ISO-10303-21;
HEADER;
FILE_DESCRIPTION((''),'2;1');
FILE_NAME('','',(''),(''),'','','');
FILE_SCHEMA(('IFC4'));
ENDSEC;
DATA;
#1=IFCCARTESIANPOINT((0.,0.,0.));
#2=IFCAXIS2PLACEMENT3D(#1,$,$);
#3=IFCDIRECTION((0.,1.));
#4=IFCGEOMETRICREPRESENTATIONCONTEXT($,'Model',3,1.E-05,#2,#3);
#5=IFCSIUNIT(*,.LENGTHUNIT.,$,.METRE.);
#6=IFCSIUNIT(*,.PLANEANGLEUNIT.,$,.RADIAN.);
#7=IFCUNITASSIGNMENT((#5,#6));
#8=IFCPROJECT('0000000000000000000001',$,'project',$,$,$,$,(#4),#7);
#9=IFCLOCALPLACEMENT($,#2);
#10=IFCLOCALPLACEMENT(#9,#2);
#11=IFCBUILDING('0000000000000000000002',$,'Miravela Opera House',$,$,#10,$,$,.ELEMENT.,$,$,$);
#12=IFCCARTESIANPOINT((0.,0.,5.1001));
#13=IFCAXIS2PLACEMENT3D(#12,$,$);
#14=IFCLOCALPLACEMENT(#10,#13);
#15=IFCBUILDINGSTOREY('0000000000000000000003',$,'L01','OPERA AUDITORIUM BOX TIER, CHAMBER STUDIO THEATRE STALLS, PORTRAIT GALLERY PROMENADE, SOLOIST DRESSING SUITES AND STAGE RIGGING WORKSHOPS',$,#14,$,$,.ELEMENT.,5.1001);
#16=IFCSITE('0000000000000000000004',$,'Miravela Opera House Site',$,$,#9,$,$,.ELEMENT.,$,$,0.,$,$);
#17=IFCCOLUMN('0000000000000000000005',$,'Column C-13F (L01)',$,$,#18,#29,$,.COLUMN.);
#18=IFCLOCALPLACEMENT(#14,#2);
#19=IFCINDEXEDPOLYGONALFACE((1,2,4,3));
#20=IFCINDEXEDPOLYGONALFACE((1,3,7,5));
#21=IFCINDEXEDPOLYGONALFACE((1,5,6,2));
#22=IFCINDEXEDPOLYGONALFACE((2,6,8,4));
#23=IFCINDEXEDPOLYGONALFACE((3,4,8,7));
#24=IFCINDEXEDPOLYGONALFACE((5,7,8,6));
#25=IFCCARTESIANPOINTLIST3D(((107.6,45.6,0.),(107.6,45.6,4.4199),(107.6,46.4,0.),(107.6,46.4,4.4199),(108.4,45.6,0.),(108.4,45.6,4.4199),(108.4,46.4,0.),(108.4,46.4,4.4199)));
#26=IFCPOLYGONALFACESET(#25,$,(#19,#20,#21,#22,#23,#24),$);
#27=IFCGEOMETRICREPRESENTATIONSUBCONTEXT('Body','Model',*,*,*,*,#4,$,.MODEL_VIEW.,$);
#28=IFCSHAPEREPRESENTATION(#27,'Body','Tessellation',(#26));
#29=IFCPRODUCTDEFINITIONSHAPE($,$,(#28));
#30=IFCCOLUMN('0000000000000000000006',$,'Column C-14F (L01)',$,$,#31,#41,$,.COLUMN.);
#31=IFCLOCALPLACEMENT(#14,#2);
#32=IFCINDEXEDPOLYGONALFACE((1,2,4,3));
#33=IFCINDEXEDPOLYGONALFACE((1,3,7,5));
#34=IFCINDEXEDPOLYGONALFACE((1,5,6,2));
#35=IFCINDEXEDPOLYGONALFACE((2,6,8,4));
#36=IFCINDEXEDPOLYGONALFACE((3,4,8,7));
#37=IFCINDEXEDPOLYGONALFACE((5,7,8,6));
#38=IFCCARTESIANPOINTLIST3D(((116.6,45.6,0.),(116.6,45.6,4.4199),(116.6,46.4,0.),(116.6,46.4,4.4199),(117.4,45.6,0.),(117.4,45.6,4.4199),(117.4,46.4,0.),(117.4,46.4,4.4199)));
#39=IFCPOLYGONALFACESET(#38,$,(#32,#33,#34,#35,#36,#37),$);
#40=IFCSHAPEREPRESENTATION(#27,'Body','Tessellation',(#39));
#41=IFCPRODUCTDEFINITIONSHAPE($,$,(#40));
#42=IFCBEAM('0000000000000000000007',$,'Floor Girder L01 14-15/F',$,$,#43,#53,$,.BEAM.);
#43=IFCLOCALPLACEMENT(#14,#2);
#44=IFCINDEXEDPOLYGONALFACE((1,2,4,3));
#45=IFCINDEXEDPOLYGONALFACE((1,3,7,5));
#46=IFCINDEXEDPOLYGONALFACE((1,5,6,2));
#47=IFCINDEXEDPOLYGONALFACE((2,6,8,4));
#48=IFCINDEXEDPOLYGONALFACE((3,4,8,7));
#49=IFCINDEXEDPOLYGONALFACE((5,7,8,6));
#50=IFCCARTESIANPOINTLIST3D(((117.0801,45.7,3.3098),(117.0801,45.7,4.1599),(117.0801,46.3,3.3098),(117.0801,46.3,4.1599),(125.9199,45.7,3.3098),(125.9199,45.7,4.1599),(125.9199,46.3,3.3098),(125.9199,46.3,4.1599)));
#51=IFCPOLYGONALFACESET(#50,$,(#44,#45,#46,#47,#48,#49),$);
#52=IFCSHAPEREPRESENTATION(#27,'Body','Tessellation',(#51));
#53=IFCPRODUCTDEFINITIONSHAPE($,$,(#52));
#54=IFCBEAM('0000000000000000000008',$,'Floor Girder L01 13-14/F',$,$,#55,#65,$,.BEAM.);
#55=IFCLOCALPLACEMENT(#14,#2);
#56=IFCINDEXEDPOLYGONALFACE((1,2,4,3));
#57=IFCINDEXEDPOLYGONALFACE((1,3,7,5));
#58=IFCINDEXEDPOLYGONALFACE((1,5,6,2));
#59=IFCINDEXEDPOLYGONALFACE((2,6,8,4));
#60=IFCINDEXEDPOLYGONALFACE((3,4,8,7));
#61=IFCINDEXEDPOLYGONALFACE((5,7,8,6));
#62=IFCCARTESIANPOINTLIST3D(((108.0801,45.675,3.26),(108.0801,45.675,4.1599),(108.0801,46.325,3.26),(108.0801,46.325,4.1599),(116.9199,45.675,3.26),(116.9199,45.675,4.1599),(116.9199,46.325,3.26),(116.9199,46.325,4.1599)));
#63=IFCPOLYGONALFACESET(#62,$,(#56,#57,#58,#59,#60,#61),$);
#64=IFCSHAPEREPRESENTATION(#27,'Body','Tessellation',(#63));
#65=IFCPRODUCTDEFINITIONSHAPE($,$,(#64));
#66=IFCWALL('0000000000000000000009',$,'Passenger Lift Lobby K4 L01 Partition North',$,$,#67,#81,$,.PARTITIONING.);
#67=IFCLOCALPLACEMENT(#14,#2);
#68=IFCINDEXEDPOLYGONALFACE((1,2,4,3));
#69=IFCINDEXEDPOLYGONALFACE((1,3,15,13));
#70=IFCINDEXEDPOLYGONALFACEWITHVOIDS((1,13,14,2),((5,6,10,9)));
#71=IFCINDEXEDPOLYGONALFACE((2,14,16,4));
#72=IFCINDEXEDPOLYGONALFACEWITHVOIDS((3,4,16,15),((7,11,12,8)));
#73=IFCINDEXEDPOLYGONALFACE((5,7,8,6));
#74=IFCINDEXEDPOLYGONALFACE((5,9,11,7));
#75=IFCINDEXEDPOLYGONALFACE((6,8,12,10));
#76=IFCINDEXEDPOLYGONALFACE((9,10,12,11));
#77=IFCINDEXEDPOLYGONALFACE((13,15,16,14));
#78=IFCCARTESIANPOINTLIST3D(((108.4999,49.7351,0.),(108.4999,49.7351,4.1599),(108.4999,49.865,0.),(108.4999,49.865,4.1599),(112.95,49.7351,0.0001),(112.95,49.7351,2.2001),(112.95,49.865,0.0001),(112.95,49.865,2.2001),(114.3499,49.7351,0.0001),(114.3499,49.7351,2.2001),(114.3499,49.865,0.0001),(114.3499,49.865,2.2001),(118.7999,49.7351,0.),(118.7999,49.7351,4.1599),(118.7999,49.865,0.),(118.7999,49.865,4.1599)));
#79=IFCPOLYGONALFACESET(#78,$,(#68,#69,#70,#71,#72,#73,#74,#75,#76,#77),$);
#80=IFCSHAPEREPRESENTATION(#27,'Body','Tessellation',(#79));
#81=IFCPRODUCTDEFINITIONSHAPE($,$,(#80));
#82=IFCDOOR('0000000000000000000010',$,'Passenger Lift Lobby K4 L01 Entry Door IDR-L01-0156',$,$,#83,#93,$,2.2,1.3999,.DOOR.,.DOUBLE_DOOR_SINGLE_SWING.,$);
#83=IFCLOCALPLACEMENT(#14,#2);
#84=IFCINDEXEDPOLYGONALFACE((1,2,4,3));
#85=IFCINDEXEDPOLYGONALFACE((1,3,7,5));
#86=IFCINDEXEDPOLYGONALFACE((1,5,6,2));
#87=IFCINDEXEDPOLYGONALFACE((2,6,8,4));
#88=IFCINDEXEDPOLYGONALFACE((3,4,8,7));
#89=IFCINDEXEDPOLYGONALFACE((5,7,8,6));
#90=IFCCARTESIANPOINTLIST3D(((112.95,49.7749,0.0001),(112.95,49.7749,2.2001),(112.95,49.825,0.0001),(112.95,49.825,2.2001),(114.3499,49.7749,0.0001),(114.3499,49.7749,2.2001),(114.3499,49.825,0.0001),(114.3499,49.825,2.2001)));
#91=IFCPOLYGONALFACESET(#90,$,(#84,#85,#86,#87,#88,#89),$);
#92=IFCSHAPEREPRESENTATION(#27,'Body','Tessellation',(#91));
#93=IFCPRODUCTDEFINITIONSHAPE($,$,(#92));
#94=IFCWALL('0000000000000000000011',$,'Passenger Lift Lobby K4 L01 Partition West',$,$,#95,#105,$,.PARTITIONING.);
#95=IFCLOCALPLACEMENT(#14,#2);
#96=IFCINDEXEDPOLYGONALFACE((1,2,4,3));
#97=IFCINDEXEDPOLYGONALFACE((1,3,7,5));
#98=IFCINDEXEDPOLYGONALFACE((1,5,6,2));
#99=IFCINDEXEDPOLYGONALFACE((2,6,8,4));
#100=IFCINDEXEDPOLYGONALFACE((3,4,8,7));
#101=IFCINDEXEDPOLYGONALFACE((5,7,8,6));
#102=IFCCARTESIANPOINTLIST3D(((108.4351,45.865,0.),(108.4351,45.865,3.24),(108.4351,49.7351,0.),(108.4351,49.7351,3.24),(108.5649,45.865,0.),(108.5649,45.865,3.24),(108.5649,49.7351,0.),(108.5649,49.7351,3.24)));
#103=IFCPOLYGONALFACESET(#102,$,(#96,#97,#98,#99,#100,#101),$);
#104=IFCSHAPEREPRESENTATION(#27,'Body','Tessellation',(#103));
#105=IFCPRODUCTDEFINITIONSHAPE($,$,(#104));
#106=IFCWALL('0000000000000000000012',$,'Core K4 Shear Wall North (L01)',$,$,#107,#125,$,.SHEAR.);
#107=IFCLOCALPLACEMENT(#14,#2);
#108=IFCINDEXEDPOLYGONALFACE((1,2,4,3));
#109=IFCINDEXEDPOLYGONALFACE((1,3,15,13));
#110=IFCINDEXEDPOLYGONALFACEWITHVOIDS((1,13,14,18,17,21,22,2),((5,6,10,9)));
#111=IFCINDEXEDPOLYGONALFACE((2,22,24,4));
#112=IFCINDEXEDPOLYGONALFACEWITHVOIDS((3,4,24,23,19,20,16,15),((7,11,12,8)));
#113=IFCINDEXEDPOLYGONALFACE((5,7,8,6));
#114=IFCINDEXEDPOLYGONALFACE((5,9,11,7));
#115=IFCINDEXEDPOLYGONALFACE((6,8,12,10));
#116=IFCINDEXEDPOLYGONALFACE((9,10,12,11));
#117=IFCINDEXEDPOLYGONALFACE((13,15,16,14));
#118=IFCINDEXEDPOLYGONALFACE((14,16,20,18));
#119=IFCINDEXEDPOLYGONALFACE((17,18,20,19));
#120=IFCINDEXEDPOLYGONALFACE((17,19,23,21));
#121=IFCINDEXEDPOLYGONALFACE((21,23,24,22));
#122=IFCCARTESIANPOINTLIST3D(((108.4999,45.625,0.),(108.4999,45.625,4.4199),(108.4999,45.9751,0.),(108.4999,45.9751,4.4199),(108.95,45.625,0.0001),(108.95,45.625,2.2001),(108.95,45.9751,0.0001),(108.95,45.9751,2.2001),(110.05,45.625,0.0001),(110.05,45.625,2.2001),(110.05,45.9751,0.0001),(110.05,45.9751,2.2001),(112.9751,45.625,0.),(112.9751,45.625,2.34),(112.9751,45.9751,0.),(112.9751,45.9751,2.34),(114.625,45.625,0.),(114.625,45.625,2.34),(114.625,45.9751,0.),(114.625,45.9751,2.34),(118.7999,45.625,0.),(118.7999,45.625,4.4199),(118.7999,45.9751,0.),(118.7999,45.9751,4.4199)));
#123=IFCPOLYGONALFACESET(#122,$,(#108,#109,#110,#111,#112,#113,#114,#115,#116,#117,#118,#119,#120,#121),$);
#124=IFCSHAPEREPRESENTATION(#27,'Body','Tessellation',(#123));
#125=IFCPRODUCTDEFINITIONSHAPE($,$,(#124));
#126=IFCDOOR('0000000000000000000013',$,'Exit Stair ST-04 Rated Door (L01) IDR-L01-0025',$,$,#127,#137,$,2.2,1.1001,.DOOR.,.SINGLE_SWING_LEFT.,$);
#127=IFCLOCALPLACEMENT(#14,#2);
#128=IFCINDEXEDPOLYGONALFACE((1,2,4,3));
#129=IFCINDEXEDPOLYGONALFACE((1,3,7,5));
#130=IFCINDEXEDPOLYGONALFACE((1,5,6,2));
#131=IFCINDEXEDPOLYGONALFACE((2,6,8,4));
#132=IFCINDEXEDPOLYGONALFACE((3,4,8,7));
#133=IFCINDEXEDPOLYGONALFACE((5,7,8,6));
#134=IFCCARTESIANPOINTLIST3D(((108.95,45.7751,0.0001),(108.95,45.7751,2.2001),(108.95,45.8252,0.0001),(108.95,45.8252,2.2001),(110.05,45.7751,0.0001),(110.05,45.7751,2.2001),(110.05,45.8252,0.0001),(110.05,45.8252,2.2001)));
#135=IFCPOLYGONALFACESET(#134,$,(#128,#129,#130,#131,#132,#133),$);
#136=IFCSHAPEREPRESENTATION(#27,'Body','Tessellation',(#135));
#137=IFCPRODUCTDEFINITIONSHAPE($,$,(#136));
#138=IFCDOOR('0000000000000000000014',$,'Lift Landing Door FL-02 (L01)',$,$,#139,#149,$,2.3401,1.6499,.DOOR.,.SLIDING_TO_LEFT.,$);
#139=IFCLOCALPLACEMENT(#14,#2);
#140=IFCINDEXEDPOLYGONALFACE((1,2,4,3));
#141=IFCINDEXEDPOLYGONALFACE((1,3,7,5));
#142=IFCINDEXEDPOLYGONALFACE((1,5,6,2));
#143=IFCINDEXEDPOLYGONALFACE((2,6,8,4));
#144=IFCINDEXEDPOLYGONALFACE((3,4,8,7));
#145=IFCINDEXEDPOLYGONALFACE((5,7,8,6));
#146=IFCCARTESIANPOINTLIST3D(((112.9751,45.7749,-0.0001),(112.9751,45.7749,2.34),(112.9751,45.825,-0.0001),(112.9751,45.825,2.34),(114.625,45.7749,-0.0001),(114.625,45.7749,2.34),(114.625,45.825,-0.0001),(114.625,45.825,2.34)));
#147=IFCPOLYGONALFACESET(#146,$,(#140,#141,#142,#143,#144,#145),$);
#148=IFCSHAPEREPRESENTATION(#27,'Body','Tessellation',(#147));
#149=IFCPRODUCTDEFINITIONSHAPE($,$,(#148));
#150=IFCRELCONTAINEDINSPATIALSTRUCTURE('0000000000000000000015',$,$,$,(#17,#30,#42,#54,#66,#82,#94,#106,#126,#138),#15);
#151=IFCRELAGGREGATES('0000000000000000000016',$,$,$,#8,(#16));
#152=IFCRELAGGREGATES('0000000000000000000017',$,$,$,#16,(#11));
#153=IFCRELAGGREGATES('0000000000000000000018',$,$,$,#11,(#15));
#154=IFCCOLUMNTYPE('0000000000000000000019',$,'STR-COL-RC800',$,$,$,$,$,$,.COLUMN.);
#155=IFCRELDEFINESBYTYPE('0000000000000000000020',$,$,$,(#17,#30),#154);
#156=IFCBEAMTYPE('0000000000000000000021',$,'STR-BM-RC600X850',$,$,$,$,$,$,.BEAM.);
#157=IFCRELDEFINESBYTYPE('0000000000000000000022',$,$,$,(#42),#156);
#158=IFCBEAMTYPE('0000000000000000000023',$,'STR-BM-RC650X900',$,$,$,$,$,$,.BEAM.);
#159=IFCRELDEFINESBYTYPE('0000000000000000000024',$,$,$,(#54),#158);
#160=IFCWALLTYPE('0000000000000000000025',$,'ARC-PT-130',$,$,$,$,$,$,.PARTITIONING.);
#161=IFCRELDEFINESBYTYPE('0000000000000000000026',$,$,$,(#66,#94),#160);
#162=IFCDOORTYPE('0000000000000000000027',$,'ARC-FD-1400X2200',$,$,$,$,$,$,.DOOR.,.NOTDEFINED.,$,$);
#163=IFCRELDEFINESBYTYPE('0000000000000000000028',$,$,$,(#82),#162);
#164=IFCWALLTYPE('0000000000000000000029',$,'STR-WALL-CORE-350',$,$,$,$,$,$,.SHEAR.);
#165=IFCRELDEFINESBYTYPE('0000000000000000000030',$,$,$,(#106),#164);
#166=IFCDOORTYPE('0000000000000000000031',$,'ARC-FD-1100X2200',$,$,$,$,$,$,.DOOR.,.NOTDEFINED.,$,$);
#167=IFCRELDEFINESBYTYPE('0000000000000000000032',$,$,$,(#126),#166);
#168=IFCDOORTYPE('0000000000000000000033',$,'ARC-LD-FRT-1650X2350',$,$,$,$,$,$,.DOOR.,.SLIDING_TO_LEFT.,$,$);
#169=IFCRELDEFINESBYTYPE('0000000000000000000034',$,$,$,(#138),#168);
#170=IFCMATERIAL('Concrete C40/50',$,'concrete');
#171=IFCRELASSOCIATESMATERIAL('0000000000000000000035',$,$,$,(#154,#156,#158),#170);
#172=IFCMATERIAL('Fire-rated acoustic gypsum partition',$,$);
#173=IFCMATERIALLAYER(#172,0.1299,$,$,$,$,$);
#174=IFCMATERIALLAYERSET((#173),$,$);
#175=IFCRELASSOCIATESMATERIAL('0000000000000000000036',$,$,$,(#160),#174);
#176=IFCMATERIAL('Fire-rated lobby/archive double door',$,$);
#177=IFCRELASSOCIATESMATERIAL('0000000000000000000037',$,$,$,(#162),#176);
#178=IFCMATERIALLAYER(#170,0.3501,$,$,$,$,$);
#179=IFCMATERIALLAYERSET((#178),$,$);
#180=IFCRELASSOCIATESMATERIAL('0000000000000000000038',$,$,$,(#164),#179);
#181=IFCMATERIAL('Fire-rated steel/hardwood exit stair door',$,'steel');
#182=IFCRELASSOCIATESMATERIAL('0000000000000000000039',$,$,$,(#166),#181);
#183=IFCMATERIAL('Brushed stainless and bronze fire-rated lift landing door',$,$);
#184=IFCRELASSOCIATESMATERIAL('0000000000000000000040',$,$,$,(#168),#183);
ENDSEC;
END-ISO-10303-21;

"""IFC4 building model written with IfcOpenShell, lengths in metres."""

from ifc_helpers import new_model, si_unit, direction, frame, frame_2d, origin, origin_2d, place, context, subcontext, project, spatial, rectangle, extrude, material, layer, layer_set, material_profile, profile_set, type_object, element, fill, save


model = new_model("IFC4")

# Units and contexts
model_context = context("Model", 3, precision=1e-05, world=origin(), true_north=direction((0.0, 1.0)))
body_context = subcontext(model_context, "Body", "Model", "MODEL_VIEW")
ifc_project = project(units=[si_unit("LENGTHUNIT", "METRE"), si_unit("PLANEANGLEUNIT", "RADIAN")], contexts=[model_context])

# Site, building, storey
site_placement = place(None, origin())
site = spatial("IfcSite", under=ifc_project, at=site_placement, Name="Miravela Opera House Site", CompositionType="ELEMENT", RefElevation=0.0)
building_placement = place(site_placement, origin())
building = spatial("IfcBuilding", under=site, at=building_placement, Name="Miravela Opera House", CompositionType="ELEMENT")
storey_placement = place(building_placement, frame((0.0, 0.0, 5.1001)))
storey = spatial("IfcBuildingStorey", under=building, at=storey_placement, Name="L01", Description="OPERA AUDITORIUM BOX TIER, CHAMBER STUDIO THEATRE STALLS, PORTRAIT GALLERY PROMENADE, SOLOIST DRESSING SUITES AND STAGE RIGGING WORKSHOPS", CompositionType="ELEMENT", Elevation=5.1001)

# Columns
ifc_material_1 = material(Name="Concrete C40/50", Category="concrete")
ifc_material_profile_1 = material_profile(ifc_material_1, rectangle(XDim=0.8, YDim=0.8, at=origin_2d()), Name="RC-COL-800X800")
ifc_profile_set_1 = profile_set([ifc_material_profile_1])
column_type_1 = type_object("IfcColumnType", Name="STR-COL-RC800", PredefinedType="COLUMN", material=ifc_profile_set_1)
for number, where, z_axis, x_axis, name in (
    (1, (108.0, 46.0, 0.0), (0.0, 0.0, 1.0), (1.0, 0.0, 0.0), "Column C-13F (L01)"),
    (2, (117.0, 46.0, 0.0), (0.0, 0.0, 1.0), (1.0, 0.0, 0.0), "Column C-14F (L01)"),
):
    element("IfcColumn", number, at=place(storey_placement, frame(where, z_axis=z_axis, x_axis=x_axis)), inside=storey, type_object=column_type_1, Name=name, PredefinedType="COLUMN", context=body_context, shape_type="SweptSolid", body=[
        extrude(rectangle(XDim=0.8, YDim=0.8, at=origin_2d()), origin(), (0.0, 0.0, 1.0), 4.4199),
    ])

# Beams
ifc_material_profile_2 = material_profile(ifc_material_1, rectangle(XDim=0.6001, YDim=0.8501, at=origin_2d()), Name="RC-BM-600X850")
ifc_profile_set_2 = profile_set([ifc_material_profile_2])
beam_type_1 = type_object("IfcBeamType", Name="STR-BM-RC600X850", PredefinedType="BEAM", material=ifc_profile_set_2)
beam_1_placement = place(storey_placement, frame((117.0801, 46.0, 3.7349), z_axis=(1.0, 0.0, 0.0), x_axis=(0.0, 1.0, 0.0)))
element("IfcBeam", 3, at=beam_1_placement, inside=storey, type_object=beam_type_1, Name="Floor Girder L01 14-15/F", PredefinedType="BEAM", context=body_context, shape_type="SweptSolid", body=[
    extrude(rectangle(XDim=0.6001, YDim=0.8501, at=origin_2d()), origin(), (0.0, 0.0, 1.0), 8.8398),
])
ifc_material_profile_3 = material_profile(ifc_material_1, rectangle(XDim=0.6499, YDim=0.8999, at=origin_2d()), Name="RC-BM-650X900")
ifc_profile_set_3 = profile_set([ifc_material_profile_3])
beam_type_2 = type_object("IfcBeamType", Name="STR-BM-RC650X900", PredefinedType="BEAM", material=ifc_profile_set_3)
beam_2_placement = place(storey_placement, frame((108.0801, 46.0, 3.71), z_axis=(1.0, 0.0, 0.0), x_axis=(0.0, 1.0, 0.0)))
element("IfcBeam", 4, at=beam_2_placement, inside=storey, type_object=beam_type_2, Name="Floor Girder L01 13-14/F", PredefinedType="BEAM", context=body_context, shape_type="SweptSolid", body=[
    extrude(rectangle(XDim=0.6499, YDim=0.8999, at=origin_2d()), origin(), (0.0, 0.0, 1.0), 8.8398),
])

# Wall, opening, door
ifc_material_2 = material(Name="Fire-rated acoustic gypsum partition")
ifc_layer_1 = layer(ifc_material_2, 0.1299)
ifc_layer_set_1 = layer_set([ifc_layer_1])
wall_type_1 = type_object("IfcWallType", Name="ARC-PT-130", PredefinedType="PARTITIONING", material=ifc_layer_set_1)
wall_1_placement = place(storey_placement, frame((108.5, 49.8, 0.0), z_axis=(0.0, 0.0, 1.0), x_axis=(1.0, 0.0, 0.0)))
wall_1 = element("IfcWall", 5, at=wall_1_placement, inside=storey, type_object=wall_type_1, Name="Passenger Lift Lobby K4 L01 Partition North", PredefinedType="PARTITIONING", context=body_context, shape_type="SweptSolid", body=[
    extrude(rectangle(XDim=10.3, YDim=0.1299, at=frame_2d((5.1499, 0.0))), origin(), (0.0, 0.0, 1.0), 4.1599),
])
opening_1_placement = place(wall_1_placement, frame((4.45, 0.0, 0.0)))
opening_1 = element("IfcOpeningElement", 6, at=opening_1_placement, cuts=wall_1, PredefinedType="OPENING", context=body_context, shape_type="SweptSolid", body=[
    extrude(rectangle(XDim=1.3999, YDim=2.2, at=frame_2d((0.7, 1.1001))), frame((0.0, 0.075, 0.0), z_axis=(0.0, -1.0, 0.0), x_axis=(1.0, 0.0, 0.0)), (0.0, 0.0, 1.0), 0.1499),
])
ifc_material_3 = material(Name="Fire-rated lobby/archive double door")
door_type_1 = type_object("IfcDoorType", Name="ARC-FD-1400X2200", OperationType="NOTDEFINED", PredefinedType="DOOR", material=ifc_material_3)
door_1_placement = place(opening_1_placement, origin())
door_1 = element("IfcDoor", 7, at=door_1_placement, inside=storey, type_object=door_type_1, Name="Passenger Lift Lobby K4 L01 Entry Door IDR-L01-0156", OperationType="DOUBLE_DOOR_SINGLE_SWING", OverallHeight=2.2, OverallWidth=1.3999, PredefinedType="DOOR", context=body_context, shape_type="SweptSolid", body=[
    extrude(rectangle(XDim=1.3999, YDim=2.2, at=frame_2d((0.7, 1.1001))), frame((0.0, 0.0249, 0.0), z_axis=(0.0, -1.0, 0.0), x_axis=(1.0, 0.0, 0.0)), (0.0, 0.0, 1.0), 0.05),
])
fill(opening_1, door_1)

# Wall
wall_2_placement = place(storey_placement, frame((108.5, 45.865, 0.0), z_axis=(0.0, 0.0, 1.0), x_axis=(0.0, 1.0, 0.0)))
element("IfcWall", 8, at=wall_2_placement, inside=storey, type_object=wall_type_1, Name="Passenger Lift Lobby K4 L01 Partition West", PredefinedType="PARTITIONING", context=body_context, shape_type="SweptSolid", body=[
    extrude(rectangle(XDim=3.8701, YDim=0.1299, at=frame_2d((1.9351, 0.0))), origin(), (0.0, 0.0, 1.0), 3.24),
])

# Wall, openings, doors
ifc_layer_2 = layer(ifc_material_1, 0.3501)
ifc_layer_set_2 = layer_set([ifc_layer_2])
wall_type_2 = type_object("IfcWallType", Name="STR-WALL-CORE-350", PredefinedType="SHEAR", material=ifc_layer_set_2)
wall_3_placement = place(storey_placement, frame((108.5, 45.8, 0.0), z_axis=(0.0, 0.0, 1.0), x_axis=(1.0, 0.0, 0.0)))
wall_3 = element("IfcWall", 9, at=wall_3_placement, inside=storey, type_object=wall_type_2, Name="Core K4 Shear Wall North (L01)", PredefinedType="SHEAR", context=body_context, shape_type="SweptSolid", body=[
    extrude(rectangle(XDim=10.3, YDim=0.3501, at=frame_2d((5.1499, 0.0))), origin(), (0.0, 0.0, 1.0), 4.4199),
])
opening_2_placement = place(wall_3_placement, frame((0.45, 0.0, 0.0)))
opening_2 = element("IfcOpeningElement", 10, at=opening_2_placement, cuts=wall_3, PredefinedType="OPENING", context=body_context, shape_type="SweptSolid", body=[
    extrude(rectangle(XDim=1.1001, YDim=2.2, at=frame_2d((0.55, 1.1001))), frame((0.0, 0.1851, 0.0), z_axis=(0.0, -1.0, 0.0), x_axis=(1.0, 0.0, 0.0)), (0.0, 0.0, 1.0), 0.3701),
])
opening_3_placement = place(wall_3_placement, frame((4.4751, 0.0, 0.0)))
opening_3 = element("IfcOpeningElement", 11, at=opening_3_placement, cuts=wall_3, PredefinedType="OPENING", context=body_context, shape_type="SweptSolid", body=[
    extrude(rectangle(XDim=1.6499, YDim=2.3401, at=frame_2d((0.825, 1.1699))), frame((0.0, 0.1851, 0.0), z_axis=(0.0, -1.0, 0.0), x_axis=(1.0, 0.0, 0.0)), (0.0, 0.0, 1.0), 0.3701),
])
ifc_material_4 = material(Name="Fire-rated steel/hardwood exit stair door", Category="steel")
door_type_2 = type_object("IfcDoorType", Name="ARC-FD-1100X2200", OperationType="NOTDEFINED", PredefinedType="DOOR", material=ifc_material_4)
door_2_placement = place(opening_2_placement, frame((1.1001, 0.0, 0.0), z_axis=(0.0, 0.0, 1.0), x_axis=(-1.0, 0.0, 0.0)))
door_2 = element("IfcDoor", 12, at=door_2_placement, inside=storey, type_object=door_type_2, Name="Exit Stair ST-04 Rated Door (L01) IDR-L01-0025", OperationType="SINGLE_SWING_LEFT", OverallHeight=2.2, OverallWidth=1.1001, PredefinedType="DOOR", context=body_context, shape_type="SweptSolid", body=[
    extrude(rectangle(XDim=1.1001, YDim=2.2, at=frame_2d((0.55, 1.1001))), frame((0.0, 0.0249, 0.0), z_axis=(0.0, -1.0, 0.0), x_axis=(1.0, 0.0, 0.0)), (0.0, 0.0, 1.0), 0.05),
])
fill(opening_2, door_2)
ifc_material_5 = material(Name="Brushed stainless and bronze fire-rated lift landing door")
door_type_3 = type_object("IfcDoorType", Name="ARC-LD-FRT-1650X2350", OperationType="SLIDING_TO_LEFT", PredefinedType="DOOR", material=ifc_material_5)
door_3_placement = place(opening_3_placement, origin())
door_3 = element("IfcDoor", 13, at=door_3_placement, inside=storey, type_object=door_type_3, Name="Lift Landing Door FL-02 (L01)", OperationType="SLIDING_TO_LEFT", OverallHeight=2.3401, OverallWidth=1.6499, PredefinedType="DOOR", context=body_context, shape_type="SweptSolid", body=[
    extrude(rectangle(XDim=1.6499, YDim=2.3401, at=frame_2d((0.825, 1.1699))), frame((0.0, 0.0249, 0.0), z_axis=(0.0, -1.0, 0.0), x_axis=(1.0, 0.0, 0.0)), (0.0, 0.0, 1.0), 0.05),
])
fill(opening_3, door_3)

save(model, "model.ifc")
